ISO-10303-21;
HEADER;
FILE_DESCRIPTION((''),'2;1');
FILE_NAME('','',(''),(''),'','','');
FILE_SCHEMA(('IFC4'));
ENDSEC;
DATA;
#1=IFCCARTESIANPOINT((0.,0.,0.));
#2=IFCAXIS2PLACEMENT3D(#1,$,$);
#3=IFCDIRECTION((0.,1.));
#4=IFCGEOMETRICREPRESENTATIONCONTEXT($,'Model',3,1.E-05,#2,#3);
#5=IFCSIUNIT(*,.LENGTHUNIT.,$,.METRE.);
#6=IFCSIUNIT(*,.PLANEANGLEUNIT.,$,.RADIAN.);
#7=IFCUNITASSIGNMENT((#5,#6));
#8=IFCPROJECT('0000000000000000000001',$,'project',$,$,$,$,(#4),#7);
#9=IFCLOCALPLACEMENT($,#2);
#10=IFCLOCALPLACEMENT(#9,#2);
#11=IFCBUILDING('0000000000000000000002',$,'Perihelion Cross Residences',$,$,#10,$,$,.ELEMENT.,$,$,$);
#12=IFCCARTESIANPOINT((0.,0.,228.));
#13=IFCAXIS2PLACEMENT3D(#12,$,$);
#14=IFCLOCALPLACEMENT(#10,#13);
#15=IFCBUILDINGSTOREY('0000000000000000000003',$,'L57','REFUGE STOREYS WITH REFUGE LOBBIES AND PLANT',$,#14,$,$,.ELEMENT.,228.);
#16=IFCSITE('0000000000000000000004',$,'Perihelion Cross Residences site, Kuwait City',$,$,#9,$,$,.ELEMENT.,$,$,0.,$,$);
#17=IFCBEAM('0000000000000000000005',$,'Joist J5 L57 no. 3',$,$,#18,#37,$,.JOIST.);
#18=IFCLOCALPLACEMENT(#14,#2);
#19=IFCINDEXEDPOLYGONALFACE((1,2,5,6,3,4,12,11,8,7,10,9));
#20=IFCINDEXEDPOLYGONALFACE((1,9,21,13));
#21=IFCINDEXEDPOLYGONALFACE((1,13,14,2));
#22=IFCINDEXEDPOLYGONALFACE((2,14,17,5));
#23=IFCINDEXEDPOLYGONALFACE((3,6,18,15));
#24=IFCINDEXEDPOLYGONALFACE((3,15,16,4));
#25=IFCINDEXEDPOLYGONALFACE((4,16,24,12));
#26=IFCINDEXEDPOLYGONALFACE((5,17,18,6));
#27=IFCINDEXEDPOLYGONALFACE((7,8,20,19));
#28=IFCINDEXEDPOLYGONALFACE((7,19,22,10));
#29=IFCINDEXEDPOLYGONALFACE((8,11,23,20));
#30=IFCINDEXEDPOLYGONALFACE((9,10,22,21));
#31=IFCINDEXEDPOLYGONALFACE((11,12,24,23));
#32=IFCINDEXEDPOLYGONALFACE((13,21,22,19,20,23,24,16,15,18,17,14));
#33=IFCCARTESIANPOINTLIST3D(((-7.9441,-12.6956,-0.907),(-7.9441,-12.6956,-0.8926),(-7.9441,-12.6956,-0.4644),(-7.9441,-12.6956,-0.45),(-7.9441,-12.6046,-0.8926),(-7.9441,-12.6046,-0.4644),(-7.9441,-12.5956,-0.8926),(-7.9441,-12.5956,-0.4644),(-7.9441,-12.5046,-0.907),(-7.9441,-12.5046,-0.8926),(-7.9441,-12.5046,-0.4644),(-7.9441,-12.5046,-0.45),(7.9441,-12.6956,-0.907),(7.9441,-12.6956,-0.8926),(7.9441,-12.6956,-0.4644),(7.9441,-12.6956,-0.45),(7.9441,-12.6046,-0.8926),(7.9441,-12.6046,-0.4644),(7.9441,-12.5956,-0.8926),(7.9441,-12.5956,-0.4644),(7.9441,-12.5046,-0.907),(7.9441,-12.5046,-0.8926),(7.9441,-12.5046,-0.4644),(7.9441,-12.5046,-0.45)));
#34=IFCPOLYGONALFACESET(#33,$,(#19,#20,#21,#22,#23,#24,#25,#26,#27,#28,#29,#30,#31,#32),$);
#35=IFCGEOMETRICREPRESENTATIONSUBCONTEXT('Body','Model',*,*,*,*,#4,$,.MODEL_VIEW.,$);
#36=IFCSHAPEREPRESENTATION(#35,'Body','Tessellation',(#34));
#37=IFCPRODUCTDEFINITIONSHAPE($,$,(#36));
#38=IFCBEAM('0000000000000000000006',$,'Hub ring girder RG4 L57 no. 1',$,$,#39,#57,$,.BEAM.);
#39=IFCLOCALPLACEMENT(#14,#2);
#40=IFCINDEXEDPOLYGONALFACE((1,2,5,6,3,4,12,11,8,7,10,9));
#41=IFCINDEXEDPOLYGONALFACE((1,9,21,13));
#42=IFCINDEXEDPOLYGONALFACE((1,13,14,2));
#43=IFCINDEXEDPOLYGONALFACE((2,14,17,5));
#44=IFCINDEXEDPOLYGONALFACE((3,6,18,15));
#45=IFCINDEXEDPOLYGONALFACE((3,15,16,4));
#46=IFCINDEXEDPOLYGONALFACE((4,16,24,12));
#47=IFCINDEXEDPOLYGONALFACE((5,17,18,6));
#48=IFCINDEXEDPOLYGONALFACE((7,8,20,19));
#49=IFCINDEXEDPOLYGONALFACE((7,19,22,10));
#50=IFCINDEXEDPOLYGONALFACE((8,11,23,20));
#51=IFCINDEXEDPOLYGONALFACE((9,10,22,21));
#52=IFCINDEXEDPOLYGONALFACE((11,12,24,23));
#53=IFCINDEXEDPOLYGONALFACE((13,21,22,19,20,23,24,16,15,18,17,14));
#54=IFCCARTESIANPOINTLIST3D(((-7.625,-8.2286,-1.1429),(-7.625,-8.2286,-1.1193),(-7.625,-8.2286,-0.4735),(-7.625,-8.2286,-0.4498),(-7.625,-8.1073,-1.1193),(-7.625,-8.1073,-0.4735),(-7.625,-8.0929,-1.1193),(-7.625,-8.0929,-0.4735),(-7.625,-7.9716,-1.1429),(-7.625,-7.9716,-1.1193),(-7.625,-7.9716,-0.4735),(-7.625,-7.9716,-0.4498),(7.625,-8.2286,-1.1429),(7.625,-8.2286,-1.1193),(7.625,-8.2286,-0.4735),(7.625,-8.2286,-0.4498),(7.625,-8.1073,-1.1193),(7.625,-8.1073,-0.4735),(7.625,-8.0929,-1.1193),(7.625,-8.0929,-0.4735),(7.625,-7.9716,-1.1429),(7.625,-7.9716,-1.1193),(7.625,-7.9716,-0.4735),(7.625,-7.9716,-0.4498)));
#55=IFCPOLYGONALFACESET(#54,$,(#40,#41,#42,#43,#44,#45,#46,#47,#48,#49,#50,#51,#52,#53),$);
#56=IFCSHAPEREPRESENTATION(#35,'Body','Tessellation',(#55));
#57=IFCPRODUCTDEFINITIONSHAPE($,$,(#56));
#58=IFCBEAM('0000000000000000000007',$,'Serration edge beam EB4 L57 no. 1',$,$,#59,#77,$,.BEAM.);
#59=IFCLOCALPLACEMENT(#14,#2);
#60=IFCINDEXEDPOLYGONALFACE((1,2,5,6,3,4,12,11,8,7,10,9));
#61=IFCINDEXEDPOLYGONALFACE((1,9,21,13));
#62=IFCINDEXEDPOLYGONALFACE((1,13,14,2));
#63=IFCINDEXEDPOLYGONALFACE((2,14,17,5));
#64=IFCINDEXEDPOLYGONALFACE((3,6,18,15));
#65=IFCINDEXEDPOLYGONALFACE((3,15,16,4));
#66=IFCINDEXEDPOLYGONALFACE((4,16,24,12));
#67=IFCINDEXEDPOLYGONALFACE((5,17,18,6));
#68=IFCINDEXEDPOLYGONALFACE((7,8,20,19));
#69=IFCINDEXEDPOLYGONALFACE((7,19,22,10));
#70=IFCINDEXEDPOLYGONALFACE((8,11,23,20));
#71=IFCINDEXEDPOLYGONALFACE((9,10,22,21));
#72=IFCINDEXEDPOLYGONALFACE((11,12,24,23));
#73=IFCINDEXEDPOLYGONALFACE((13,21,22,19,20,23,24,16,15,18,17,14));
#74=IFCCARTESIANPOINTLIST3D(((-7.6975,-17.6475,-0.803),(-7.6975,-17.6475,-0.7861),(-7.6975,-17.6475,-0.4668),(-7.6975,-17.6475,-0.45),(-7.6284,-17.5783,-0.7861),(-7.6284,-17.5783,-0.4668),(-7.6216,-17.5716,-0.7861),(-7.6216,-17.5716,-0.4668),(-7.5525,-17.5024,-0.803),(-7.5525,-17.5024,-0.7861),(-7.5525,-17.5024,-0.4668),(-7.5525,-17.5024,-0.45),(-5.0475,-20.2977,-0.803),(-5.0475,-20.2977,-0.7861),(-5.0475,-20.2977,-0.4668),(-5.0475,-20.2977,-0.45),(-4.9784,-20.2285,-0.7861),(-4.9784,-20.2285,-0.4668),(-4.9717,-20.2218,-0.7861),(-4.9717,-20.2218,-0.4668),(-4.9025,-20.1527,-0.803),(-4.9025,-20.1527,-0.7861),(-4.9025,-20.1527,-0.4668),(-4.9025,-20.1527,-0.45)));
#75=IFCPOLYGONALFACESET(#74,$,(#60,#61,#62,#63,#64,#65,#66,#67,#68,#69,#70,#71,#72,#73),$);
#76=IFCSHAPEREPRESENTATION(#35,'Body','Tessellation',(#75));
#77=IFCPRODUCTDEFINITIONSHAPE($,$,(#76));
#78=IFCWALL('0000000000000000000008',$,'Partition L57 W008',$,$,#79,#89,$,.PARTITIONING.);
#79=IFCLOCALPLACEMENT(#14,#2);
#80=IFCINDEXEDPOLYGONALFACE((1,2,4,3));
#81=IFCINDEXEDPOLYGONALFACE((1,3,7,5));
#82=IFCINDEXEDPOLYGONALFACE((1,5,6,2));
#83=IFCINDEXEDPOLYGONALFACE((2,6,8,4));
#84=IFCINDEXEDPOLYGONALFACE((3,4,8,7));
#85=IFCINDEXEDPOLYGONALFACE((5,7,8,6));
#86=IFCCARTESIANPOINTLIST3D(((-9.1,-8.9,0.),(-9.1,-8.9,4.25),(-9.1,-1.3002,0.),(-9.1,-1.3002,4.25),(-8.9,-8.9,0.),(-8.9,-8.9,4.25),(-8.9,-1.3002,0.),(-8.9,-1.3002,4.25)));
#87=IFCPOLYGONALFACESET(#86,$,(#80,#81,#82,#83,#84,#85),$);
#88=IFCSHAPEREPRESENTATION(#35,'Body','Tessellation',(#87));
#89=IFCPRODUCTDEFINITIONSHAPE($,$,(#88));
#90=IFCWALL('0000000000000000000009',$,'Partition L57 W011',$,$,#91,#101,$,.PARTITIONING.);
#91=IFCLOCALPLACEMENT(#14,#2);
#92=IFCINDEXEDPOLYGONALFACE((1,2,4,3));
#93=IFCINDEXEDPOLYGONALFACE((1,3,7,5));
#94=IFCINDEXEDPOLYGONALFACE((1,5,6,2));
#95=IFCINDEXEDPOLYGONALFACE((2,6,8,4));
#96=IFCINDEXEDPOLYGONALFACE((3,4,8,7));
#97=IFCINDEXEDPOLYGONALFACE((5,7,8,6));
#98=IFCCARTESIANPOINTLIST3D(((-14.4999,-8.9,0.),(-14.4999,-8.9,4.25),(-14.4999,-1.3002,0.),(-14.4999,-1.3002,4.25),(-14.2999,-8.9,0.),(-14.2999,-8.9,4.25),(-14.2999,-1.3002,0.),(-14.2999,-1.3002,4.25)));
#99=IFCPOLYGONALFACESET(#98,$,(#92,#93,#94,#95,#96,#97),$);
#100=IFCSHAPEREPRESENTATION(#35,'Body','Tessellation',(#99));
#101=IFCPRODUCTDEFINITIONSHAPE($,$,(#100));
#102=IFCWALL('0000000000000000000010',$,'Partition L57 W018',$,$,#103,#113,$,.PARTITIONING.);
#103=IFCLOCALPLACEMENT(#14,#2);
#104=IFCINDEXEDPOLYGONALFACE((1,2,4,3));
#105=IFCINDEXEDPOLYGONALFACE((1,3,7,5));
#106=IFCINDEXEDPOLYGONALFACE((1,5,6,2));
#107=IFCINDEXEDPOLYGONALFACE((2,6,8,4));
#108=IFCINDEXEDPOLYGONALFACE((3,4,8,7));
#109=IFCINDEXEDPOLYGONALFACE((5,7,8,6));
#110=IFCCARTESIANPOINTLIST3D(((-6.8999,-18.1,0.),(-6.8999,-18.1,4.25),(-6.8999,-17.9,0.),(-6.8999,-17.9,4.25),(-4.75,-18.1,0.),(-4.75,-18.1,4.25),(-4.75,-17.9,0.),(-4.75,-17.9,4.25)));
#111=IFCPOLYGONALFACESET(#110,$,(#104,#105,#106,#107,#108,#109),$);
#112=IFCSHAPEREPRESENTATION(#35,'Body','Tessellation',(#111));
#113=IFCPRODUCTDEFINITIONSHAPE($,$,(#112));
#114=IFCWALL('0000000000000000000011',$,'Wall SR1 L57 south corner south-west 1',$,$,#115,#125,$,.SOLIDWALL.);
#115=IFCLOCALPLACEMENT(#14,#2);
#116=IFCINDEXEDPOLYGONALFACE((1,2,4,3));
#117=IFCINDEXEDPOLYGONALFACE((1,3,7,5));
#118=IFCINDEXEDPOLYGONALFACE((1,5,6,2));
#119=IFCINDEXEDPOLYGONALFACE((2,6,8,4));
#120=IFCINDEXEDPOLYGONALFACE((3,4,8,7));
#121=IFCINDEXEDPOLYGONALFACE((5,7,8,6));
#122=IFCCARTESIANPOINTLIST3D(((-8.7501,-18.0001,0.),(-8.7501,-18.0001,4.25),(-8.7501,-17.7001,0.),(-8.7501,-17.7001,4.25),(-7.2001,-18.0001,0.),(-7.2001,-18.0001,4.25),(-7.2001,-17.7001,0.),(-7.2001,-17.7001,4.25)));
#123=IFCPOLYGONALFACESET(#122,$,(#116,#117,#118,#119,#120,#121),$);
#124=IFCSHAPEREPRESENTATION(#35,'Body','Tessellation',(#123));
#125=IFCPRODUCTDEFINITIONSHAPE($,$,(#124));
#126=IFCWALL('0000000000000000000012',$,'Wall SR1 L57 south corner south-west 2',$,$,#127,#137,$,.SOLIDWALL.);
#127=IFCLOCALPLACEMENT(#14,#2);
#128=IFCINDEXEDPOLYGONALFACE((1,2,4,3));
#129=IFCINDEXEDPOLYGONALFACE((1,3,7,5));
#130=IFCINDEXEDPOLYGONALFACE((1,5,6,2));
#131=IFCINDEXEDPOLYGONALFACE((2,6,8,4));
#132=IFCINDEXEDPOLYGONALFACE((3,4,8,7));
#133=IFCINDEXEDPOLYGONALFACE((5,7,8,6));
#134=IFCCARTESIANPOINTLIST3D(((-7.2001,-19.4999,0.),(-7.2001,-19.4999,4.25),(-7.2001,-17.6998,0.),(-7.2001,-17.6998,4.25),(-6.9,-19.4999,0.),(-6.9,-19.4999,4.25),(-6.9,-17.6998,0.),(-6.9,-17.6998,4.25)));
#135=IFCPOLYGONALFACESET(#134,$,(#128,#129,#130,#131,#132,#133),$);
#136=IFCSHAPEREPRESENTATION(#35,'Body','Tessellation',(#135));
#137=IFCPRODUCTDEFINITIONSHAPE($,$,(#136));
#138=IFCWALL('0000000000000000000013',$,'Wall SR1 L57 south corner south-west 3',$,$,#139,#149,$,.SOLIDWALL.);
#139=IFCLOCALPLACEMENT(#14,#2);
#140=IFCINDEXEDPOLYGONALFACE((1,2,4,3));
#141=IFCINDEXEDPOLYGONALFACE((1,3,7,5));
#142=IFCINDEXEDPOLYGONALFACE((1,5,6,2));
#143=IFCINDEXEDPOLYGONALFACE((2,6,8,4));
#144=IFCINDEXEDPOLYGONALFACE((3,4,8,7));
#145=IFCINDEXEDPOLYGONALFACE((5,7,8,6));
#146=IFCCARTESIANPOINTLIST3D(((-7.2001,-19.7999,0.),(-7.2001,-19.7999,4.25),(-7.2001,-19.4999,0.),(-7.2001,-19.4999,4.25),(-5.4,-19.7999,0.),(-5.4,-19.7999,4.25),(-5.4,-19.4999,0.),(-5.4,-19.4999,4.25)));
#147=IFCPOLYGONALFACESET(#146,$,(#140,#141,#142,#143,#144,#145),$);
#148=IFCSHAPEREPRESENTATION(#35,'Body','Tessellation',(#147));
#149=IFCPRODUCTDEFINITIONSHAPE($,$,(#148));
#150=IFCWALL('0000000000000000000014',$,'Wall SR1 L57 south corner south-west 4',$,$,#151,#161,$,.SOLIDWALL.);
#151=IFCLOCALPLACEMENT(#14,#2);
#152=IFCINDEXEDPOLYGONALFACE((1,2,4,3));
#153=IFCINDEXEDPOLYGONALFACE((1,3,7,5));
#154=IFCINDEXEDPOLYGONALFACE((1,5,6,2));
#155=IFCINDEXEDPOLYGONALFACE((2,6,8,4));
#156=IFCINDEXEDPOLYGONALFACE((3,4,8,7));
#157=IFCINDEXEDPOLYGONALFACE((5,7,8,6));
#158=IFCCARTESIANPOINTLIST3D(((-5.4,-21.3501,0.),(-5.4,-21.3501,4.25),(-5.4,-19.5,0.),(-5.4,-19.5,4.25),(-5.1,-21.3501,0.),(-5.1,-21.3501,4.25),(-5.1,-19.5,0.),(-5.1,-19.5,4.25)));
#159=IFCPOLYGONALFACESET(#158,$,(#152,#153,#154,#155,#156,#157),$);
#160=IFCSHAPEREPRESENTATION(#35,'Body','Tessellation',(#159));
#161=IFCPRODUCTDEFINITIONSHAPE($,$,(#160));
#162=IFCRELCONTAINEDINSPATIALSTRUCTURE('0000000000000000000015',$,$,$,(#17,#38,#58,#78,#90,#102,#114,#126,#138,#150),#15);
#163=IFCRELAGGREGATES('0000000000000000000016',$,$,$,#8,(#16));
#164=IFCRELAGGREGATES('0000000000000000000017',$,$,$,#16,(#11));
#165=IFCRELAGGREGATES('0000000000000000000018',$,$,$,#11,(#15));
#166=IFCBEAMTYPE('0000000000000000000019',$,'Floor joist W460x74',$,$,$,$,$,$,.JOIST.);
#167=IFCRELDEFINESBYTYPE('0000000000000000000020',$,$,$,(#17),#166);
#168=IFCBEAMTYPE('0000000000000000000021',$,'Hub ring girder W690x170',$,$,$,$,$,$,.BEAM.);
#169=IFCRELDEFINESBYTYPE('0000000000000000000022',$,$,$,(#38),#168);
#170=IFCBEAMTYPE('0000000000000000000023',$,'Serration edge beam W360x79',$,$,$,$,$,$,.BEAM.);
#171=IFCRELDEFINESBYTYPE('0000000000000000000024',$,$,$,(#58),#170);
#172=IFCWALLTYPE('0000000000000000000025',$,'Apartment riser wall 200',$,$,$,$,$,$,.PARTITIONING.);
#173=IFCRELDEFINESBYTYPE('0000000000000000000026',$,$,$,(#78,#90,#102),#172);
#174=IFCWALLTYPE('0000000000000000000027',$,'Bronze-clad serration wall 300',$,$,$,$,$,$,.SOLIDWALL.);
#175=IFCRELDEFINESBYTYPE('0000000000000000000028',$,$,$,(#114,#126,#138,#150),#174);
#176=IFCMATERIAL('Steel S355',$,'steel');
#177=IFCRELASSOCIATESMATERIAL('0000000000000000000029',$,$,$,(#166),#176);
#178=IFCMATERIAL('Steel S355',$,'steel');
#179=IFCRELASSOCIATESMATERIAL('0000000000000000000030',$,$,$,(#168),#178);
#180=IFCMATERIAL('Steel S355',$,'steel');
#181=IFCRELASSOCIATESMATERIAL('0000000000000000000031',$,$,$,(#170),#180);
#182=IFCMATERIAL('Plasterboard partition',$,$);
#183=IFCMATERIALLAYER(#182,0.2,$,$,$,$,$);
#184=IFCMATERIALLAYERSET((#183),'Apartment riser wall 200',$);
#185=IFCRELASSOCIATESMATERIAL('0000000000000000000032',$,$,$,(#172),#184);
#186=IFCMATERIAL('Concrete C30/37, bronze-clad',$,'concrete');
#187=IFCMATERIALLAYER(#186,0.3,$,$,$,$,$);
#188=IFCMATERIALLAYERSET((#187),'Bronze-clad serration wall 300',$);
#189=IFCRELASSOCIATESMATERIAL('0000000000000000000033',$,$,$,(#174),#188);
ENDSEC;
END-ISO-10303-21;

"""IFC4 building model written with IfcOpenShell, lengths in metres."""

from ifc_helpers import new_model, si_unit, direction, frame, frame_2d, origin, origin_2d, place, context, subcontext, project, spatial, rectangle, i_section, extrude, material, layer, layer_set, material_profile, profile_set, type_object, element, save


model = new_model("IFC4")

# Units and contexts
model_context = context("Model", 3, precision=1e-05, world=origin(), true_north=direction((0.0, 1.0)))
body_context = subcontext(model_context, "Body", "Model", "MODEL_VIEW")
ifc_project = project(units=[si_unit("LENGTHUNIT", "METRE"), si_unit("PLANEANGLEUNIT", "RADIAN")], contexts=[model_context])

# Site, building, storey
site_placement = place(None, origin())
site = spatial("IfcSite", under=ifc_project, at=site_placement, Name="Perihelion Cross Residences site, Kuwait City", CompositionType="ELEMENT", RefElevation=0.0)
building_placement = place(site_placement, origin())
building = spatial("IfcBuilding", under=site, at=building_placement, Name="Perihelion Cross Residences", CompositionType="ELEMENT")
storey_placement = place(building_placement, frame((0.0, 0.0, 228.0)))
storey = spatial("IfcBuildingStorey", under=building, at=storey_placement, Name="L57", Description="REFUGE STOREYS WITH REFUGE LOBBIES AND PLANT", CompositionType="ELEMENT", Elevation=228.0)

# Beams
ifc_material_1 = material(Name="Steel S355", Category="steel")
ifc_material_profile_1 = material_profile(ifc_material_1, i_section(OverallWidth=0.1909, OverallDepth=0.457, WebThickness=0.009, FlangeThickness=0.0144, at=origin_2d()), Name="W460x74")
ifc_profile_set_1 = profile_set([ifc_material_profile_1], Name="Steel S355")
beam_type_1 = type_object("IfcBeamType", Name="Floor joist W460x74", PredefinedType="JOIST", material=ifc_profile_set_1)
beam_1_placement = place(storey_placement, frame((-7.9441, -12.6001, -0.6785), z_axis=(1.0, 0.0, 0.0), x_axis=(0.0, 1.0, 0.0)))
element("IfcBeam", 1, at=beam_1_placement, inside=storey, type_object=beam_type_1, Name="Joist J5 L57 no. 3", PredefinedType="JOIST", context=body_context, shape_type="SweptSolid", body=[
    extrude(i_section(OverallWidth=0.1909, OverallDepth=0.457, WebThickness=0.009, FlangeThickness=0.0144, at=origin_2d()), origin(), (0.0, 0.0, 1.0), 15.8882),
])
ifc_material_2 = material(Name="Steel S355", Category="steel")
ifc_material_profile_2 = material_profile(ifc_material_2, i_section(OverallWidth=0.2571, OverallDepth=0.6931, WebThickness=0.0144, FlangeThickness=0.0237, at=origin_2d()), Name="W690x170")
ifc_profile_set_2 = profile_set([ifc_material_profile_2], Name="Steel S355")
beam_type_2 = type_object("IfcBeamType", Name="Hub ring girder W690x170", PredefinedType="BEAM", material=ifc_profile_set_2)
beam_2_placement = place(storey_placement, frame((-7.625, -8.1001, -0.7964), z_axis=(1.0, 0.0, 0.0), x_axis=(0.0, 1.0, 0.0)))
element("IfcBeam", 2, at=beam_2_placement, inside=storey, type_object=beam_type_2, Name="Hub ring girder RG4 L57 no. 1", PredefinedType="BEAM", context=body_context, shape_type="SweptSolid", body=[
    extrude(i_section(OverallWidth=0.2571, OverallDepth=0.6931, WebThickness=0.0144, FlangeThickness=0.0237, at=origin_2d()), origin(), (0.0, 0.0, 1.0), 15.25),
])
ifc_material_3 = material(Name="Steel S355", Category="steel")
ifc_material_profile_3 = material_profile(ifc_material_3, i_section(OverallWidth=0.2051, OverallDepth=0.353, WebThickness=0.0095, FlangeThickness=0.0168, at=origin_2d()), Name="W360x79")
ifc_profile_set_3 = profile_set([ifc_material_profile_3], Name="Steel S355")
beam_type_3 = type_object("IfcBeamType", Name="Serration edge beam W360x79", PredefinedType="BEAM", material=ifc_profile_set_3)
beam_3_placement = place(storey_placement, frame((-7.625, -17.575, -0.6265), z_axis=(0.707074, -0.707139, 0.0), x_axis=(0.707139, 0.707074, 0.0)))
element("IfcBeam", 3, at=beam_3_placement, inside=storey, type_object=beam_type_3, Name="Serration edge beam EB4 L57 no. 1", PredefinedType="BEAM", context=body_context, shape_type="SweptSolid", body=[
    extrude(i_section(OverallWidth=0.2051, OverallDepth=0.353, WebThickness=0.0095, FlangeThickness=0.0168, at=origin_2d()), origin(), (0.0, 0.0, 1.0), 3.7478),
])

# Walls
ifc_material_4 = material(Name="Plasterboard partition")
ifc_layer_1 = layer(ifc_material_4, 0.2)
ifc_layer_set_1 = layer_set([ifc_layer_1], Name="Apartment riser wall 200")
wall_type_1 = type_object("IfcWallType", Name="Apartment riser wall 200", PredefinedType="PARTITIONING", material=ifc_layer_set_1)
for number, where, z_axis, x_axis, name in (
    (4, (-9.0, -8.8999, 0.0), (0.0, 0.0, 1.0), (0.0, 1.0, 0.0), "Partition L57 W008"),
    (5, (-14.3999, -8.8999, 0.0), (0.0, 0.0, 1.0), (0.0, 1.0, 0.0), "Partition L57 W011"),
):
    element("IfcWall", number, at=place(storey_placement, frame(where, z_axis=z_axis, x_axis=x_axis)), inside=storey, type_object=wall_type_1, Name=name, PredefinedType="PARTITIONING", context=body_context, shape_type="SweptSolid", body=[
        extrude(rectangle(XDim=7.5999, YDim=0.2, at=frame_2d((3.7998, 0.0))), origin(), (0.0, 0.0, 1.0), 4.25),
    ])
wall_1_placement = place(storey_placement, frame((-4.75, -18.0, 0.0), z_axis=(0.0, 0.0, 1.0), x_axis=(-1.0, 0.0, 0.0)))
element("IfcWall", 6, at=wall_1_placement, inside=storey, type_object=wall_type_1, Name="Partition L57 W018", PredefinedType="PARTITIONING", context=body_context, shape_type="SweptSolid", body=[
    extrude(rectangle(XDim=2.1499, YDim=0.2, at=frame_2d((1.075, 0.0))), origin(), (0.0, 0.0, 1.0), 4.25),
])
ifc_material_5 = material(Name="Concrete C30/37, bronze-clad", Category="concrete")
ifc_layer_2 = layer(ifc_material_5, 0.3)
ifc_layer_set_2 = layer_set([ifc_layer_2], Name="Bronze-clad serration wall 300")
wall_type_2 = type_object("IfcWallType", Name="Bronze-clad serration wall 300", PredefinedType="SOLIDWALL", material=ifc_layer_set_2)
wall_2_placement = place(storey_placement, frame((-8.75, -17.8501, 0.0), z_axis=(0.0, 0.0, 1.0), x_axis=(1.0, 0.0, 0.0)))
element("IfcWall", 7, at=wall_2_placement, inside=storey, type_object=wall_type_2, Name="Wall SR1 L57 south corner south-west 1", PredefinedType="SOLIDWALL", context=body_context, shape_type="SweptSolid", body=[
    extrude(rectangle(XDim=1.55, YDim=0.3, at=frame_2d((0.7749, 0.0))), origin(), (0.0, 0.0, 1.0), 4.25),
])
for number, where, z_axis, x_axis, name in (
    (8, (-7.05, -17.7, 0.0), (0.0, 0.0, 1.0), (0.0, -1.0, 0.0), "Wall SR1 L57 south corner south-west 2"),
    (9, (-7.2, -19.6499, 0.0), (0.0, 0.0, 1.0), (1.0, 0.0, 0.0), "Wall SR1 L57 south corner south-west 3"),
):
    element("IfcWall", number, at=place(storey_placement, frame(where, z_axis=z_axis, x_axis=x_axis)), inside=storey, type_object=wall_type_2, Name=name, PredefinedType="SOLIDWALL", context=body_context, shape_type="SweptSolid", body=[
        extrude(rectangle(XDim=1.8, YDim=0.3, at=frame_2d((0.8999, 0.0))), origin(), (0.0, 0.0, 1.0), 4.25),
    ])
wall_3_placement = place(storey_placement, frame((-5.25, -19.5, 0.0), z_axis=(0.0, 0.0, 1.0), x_axis=(0.0, -1.0, 0.0)))
element("IfcWall", 10, at=wall_3_placement, inside=storey, type_object=wall_type_2, Name="Wall SR1 L57 south corner south-west 4", PredefinedType="SOLIDWALL", context=body_context, shape_type="SweptSolid", body=[
    extrude(rectangle(XDim=1.8501, YDim=0.3, at=frame_2d((0.925, 0.0))), origin(), (0.0, 0.0, 1.0), 4.25),
])

save(model, "model.ifc")
